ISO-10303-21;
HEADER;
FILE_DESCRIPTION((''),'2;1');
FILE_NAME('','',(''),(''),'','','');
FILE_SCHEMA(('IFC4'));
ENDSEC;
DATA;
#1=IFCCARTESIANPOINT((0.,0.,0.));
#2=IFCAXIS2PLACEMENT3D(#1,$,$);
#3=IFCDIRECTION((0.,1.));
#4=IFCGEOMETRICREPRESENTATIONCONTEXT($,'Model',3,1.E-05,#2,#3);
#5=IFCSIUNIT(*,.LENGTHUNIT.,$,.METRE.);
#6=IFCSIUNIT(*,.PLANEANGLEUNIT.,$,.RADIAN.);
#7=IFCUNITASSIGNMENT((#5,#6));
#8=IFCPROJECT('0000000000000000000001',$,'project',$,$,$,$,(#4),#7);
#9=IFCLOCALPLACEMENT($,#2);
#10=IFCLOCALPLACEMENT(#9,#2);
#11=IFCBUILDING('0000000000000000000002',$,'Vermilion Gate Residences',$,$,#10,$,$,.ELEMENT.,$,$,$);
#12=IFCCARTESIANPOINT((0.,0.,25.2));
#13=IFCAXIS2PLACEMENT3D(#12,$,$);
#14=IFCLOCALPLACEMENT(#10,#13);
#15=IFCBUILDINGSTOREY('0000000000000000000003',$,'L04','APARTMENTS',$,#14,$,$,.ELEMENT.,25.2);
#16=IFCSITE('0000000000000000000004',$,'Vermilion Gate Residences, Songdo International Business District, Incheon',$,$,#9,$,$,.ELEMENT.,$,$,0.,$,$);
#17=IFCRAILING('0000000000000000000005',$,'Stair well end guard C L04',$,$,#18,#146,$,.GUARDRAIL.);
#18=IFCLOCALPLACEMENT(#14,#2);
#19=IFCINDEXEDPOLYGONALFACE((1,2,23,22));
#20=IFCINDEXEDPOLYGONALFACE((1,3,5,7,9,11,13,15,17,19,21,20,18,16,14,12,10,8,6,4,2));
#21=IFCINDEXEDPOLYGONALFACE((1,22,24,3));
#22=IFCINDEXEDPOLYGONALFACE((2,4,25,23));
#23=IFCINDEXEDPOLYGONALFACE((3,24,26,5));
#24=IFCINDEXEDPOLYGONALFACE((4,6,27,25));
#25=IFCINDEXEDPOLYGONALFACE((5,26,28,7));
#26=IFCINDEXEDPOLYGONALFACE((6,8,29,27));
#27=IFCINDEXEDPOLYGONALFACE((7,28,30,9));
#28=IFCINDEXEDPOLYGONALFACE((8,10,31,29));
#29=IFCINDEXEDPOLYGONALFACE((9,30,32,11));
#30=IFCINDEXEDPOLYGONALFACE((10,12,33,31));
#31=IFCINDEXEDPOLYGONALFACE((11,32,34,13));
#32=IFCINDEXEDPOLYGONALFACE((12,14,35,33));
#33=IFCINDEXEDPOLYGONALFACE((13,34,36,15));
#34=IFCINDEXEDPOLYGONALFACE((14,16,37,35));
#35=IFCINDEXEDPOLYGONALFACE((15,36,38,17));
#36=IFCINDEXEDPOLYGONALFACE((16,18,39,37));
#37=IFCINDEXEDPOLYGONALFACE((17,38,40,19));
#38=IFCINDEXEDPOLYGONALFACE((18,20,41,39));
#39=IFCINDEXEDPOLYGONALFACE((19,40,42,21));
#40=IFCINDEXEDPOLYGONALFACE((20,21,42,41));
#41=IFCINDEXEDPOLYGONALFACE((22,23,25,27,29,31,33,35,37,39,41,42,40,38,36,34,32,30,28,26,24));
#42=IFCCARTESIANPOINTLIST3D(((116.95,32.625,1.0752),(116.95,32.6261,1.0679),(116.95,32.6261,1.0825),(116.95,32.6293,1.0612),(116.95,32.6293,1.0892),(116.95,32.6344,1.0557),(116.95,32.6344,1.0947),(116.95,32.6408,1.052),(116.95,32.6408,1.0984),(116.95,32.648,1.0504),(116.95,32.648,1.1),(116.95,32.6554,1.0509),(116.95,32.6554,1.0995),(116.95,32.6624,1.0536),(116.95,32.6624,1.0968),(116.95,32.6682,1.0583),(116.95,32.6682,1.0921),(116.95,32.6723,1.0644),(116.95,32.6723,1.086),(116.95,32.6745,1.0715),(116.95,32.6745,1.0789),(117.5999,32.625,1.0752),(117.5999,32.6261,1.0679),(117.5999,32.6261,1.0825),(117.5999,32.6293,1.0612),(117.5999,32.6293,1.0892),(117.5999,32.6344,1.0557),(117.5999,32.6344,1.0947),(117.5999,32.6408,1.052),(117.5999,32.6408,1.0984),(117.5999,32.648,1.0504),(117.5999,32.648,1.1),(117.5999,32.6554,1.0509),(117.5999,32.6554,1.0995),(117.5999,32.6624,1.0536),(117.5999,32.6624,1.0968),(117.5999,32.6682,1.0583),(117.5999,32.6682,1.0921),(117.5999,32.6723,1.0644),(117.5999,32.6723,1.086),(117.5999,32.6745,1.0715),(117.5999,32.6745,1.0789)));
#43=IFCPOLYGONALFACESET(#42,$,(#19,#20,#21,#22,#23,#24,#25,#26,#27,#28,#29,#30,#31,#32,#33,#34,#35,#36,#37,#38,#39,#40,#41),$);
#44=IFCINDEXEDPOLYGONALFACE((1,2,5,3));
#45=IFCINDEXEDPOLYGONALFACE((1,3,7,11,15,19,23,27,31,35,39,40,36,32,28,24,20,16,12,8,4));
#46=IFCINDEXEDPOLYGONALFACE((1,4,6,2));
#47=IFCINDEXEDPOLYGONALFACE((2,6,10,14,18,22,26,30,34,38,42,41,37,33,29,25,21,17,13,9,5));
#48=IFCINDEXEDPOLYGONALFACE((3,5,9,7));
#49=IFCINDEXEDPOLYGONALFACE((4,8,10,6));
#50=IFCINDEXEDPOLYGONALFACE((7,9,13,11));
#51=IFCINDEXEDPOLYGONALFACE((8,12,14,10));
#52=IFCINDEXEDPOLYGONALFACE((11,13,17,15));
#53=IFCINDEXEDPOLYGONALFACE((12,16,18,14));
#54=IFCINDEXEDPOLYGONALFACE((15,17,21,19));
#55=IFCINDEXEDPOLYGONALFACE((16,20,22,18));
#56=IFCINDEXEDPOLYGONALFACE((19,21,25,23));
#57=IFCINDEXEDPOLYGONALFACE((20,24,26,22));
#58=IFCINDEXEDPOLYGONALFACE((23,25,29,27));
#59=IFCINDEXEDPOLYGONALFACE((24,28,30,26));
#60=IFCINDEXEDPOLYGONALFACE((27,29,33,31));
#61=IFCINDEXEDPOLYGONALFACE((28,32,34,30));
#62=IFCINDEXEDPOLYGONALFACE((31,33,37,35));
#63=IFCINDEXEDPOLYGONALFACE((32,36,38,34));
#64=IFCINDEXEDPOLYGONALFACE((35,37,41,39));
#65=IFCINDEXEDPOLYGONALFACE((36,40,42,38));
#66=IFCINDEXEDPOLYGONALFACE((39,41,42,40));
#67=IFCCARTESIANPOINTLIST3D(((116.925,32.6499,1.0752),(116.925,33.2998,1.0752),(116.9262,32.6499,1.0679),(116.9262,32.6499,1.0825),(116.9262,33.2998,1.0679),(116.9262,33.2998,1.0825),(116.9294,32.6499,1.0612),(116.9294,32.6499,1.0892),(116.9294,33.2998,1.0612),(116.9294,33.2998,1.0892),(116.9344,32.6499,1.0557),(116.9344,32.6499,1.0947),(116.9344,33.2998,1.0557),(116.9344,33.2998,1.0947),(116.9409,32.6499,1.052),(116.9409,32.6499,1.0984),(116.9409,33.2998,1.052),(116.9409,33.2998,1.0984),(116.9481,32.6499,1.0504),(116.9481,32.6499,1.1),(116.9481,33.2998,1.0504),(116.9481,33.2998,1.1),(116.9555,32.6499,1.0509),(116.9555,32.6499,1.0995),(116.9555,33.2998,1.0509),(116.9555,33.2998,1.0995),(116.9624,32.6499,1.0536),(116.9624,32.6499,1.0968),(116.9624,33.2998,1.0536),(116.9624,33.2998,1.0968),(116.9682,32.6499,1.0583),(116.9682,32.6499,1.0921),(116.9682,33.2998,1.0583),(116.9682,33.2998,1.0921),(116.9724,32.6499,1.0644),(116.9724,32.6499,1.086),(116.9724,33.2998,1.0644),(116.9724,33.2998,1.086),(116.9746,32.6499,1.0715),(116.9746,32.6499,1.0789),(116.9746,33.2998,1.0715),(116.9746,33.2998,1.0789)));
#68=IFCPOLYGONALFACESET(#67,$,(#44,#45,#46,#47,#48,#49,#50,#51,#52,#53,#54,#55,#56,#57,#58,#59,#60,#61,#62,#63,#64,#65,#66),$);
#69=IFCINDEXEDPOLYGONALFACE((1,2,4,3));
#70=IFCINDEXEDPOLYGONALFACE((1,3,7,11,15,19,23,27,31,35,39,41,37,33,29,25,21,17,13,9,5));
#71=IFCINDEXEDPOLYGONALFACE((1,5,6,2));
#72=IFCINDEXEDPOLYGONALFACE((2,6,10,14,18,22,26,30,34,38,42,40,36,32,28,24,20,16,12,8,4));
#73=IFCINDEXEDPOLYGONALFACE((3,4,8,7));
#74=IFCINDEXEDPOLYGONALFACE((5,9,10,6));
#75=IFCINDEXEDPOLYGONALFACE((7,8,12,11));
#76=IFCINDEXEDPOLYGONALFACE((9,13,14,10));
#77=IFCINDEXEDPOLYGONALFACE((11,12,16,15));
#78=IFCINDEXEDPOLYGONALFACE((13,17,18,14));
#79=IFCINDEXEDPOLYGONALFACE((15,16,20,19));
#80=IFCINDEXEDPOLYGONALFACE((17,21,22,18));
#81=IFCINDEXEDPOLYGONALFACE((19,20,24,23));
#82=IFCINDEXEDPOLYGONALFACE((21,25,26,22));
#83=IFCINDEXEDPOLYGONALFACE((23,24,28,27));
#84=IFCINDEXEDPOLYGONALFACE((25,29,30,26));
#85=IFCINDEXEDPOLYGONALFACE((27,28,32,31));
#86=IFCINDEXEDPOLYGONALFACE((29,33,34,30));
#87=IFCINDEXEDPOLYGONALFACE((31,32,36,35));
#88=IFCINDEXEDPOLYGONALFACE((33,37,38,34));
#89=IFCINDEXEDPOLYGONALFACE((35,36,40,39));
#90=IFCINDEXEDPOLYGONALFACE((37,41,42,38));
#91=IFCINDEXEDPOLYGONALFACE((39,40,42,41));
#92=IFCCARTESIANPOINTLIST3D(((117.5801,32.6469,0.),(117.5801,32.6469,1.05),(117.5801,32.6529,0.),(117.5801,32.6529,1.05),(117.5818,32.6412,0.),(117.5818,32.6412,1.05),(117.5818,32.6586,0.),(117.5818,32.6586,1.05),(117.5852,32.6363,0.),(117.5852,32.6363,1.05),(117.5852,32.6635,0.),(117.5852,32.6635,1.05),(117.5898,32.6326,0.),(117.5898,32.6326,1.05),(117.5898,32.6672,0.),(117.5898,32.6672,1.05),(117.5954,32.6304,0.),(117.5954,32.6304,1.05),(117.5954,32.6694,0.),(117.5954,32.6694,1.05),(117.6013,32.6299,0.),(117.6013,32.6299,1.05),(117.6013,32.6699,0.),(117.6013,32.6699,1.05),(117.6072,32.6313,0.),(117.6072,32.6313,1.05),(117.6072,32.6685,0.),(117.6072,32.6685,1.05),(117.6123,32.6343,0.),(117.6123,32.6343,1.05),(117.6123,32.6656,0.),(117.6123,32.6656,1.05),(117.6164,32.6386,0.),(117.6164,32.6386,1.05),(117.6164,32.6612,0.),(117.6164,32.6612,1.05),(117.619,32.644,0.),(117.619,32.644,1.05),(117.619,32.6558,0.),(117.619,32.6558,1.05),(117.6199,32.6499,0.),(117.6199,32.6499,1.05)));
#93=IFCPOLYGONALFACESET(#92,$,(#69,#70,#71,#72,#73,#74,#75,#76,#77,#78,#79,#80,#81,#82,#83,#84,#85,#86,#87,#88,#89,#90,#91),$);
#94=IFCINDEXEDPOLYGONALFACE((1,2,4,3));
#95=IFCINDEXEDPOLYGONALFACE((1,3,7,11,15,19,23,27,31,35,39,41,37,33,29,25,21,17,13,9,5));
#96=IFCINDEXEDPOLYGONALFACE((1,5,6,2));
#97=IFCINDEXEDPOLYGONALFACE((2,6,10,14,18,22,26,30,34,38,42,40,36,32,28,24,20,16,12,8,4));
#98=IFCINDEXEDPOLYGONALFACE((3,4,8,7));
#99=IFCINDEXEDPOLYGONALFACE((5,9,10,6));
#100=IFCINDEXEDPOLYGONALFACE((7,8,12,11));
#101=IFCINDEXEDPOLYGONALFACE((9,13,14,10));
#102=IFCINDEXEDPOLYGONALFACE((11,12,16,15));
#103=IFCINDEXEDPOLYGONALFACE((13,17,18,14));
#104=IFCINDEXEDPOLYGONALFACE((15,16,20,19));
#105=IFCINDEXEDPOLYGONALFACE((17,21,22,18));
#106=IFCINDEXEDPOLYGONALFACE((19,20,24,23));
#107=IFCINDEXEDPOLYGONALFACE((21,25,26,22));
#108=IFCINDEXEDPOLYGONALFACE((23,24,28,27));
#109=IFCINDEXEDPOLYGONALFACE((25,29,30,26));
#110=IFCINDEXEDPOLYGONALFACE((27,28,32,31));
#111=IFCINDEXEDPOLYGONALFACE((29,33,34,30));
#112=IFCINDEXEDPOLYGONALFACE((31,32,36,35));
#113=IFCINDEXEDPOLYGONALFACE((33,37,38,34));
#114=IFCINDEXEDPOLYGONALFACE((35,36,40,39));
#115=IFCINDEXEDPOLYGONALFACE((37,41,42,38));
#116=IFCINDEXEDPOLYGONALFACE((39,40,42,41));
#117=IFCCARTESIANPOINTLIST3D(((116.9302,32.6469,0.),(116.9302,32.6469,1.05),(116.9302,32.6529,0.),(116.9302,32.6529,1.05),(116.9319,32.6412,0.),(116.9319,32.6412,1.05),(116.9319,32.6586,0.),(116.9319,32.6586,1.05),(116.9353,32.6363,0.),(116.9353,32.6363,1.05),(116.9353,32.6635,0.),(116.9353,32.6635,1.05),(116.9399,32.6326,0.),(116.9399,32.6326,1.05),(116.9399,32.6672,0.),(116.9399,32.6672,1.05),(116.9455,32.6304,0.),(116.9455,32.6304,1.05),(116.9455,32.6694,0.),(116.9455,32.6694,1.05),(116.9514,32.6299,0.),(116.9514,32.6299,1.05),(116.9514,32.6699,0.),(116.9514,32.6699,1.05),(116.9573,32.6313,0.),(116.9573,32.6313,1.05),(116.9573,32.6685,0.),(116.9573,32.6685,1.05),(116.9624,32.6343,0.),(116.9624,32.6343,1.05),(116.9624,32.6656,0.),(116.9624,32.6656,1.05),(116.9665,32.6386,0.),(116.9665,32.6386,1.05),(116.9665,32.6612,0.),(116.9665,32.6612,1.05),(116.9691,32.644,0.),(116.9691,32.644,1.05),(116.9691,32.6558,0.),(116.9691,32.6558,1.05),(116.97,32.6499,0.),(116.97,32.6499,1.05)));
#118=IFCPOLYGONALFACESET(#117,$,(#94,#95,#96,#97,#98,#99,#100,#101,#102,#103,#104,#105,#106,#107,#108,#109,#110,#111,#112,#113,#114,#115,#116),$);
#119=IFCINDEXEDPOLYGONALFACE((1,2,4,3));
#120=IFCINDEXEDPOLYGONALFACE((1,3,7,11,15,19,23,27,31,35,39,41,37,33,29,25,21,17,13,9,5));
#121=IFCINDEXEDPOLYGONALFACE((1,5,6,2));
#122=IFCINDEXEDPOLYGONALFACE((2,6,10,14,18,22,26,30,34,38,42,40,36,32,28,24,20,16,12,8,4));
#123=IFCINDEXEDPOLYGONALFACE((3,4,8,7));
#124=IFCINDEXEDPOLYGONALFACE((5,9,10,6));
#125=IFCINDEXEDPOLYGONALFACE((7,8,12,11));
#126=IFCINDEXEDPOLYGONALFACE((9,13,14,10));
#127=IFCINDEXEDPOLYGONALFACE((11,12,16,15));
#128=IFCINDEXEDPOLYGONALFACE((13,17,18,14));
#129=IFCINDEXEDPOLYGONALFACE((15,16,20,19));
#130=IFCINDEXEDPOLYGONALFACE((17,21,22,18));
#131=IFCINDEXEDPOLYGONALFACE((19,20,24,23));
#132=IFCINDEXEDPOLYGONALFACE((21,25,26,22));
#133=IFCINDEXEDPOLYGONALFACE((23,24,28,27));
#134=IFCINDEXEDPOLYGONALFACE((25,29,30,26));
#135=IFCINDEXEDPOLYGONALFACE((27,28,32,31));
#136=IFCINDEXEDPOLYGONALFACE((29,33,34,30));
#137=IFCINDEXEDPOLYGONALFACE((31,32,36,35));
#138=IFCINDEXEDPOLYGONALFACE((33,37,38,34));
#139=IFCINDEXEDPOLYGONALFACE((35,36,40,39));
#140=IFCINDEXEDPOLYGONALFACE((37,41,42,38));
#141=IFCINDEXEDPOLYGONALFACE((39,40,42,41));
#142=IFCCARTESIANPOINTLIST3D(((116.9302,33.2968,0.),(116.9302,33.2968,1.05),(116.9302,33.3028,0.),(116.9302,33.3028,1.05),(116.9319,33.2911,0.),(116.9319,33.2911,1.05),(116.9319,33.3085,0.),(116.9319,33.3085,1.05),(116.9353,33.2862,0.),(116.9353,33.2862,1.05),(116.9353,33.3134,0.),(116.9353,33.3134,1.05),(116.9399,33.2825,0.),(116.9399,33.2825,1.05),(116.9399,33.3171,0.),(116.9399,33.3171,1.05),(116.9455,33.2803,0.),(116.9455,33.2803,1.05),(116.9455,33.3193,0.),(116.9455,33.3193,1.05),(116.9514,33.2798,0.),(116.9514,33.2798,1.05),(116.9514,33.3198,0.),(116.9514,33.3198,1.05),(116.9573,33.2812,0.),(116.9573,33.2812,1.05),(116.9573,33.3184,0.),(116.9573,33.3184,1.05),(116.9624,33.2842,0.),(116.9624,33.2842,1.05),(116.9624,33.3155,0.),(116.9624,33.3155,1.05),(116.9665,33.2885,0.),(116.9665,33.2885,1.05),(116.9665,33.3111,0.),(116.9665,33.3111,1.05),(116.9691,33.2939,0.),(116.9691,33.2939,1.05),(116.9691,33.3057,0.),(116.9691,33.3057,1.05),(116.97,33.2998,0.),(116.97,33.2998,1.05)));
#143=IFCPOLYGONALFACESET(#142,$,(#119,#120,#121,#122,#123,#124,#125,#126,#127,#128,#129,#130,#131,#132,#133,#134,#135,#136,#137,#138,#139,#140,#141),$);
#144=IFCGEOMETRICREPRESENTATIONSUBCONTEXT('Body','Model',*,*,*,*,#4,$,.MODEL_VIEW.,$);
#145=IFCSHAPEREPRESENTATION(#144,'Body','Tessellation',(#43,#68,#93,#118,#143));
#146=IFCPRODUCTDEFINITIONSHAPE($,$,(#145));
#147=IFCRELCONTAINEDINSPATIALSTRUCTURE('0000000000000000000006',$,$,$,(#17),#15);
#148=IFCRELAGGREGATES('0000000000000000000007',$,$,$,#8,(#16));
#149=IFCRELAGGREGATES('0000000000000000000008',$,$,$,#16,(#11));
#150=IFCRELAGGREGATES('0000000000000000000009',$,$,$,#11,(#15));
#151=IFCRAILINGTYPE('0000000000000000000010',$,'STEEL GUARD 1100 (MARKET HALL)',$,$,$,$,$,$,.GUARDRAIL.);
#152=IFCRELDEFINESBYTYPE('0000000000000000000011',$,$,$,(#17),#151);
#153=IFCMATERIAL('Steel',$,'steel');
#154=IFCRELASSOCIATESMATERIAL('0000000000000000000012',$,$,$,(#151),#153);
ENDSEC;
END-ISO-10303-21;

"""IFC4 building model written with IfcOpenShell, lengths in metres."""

from ifc_helpers import new_model, si_unit, direction, frame, origin, origin_2d, place, context, subcontext, project, spatial, circle, extrude, material, type_object, element, save


model = new_model("IFC4")

# Units and contexts
model_context = context("Model", 3, precision=1e-05, world=origin(), true_north=direction((0.0, 1.0)))
body_context = subcontext(model_context, "Body", "Model", "MODEL_VIEW")
ifc_project = project(units=[si_unit("LENGTHUNIT", "METRE"), si_unit("PLANEANGLEUNIT", "RADIAN")], contexts=[model_context])

# Site, building, storey
site_placement = place(None, origin())
site = spatial("IfcSite", under=ifc_project, at=site_placement, Name="Vermilion Gate Residences, Songdo International Business District, Incheon", CompositionType="ELEMENT", RefElevation=0.0)
building_placement = place(site_placement, origin())
building = spatial("IfcBuilding", under=site, at=building_placement, Name="Vermilion Gate Residences", CompositionType="ELEMENT")
storey_placement = place(building_placement, frame((0.0, 0.0, 25.2)))
storey = spatial("IfcBuildingStorey", under=building, at=storey_placement, Name="L04", Description="APARTMENTS", CompositionType="ELEMENT", Elevation=25.2)

# Railing
ifc_material_1 = material(Name="Steel", Category="steel")
railing_type = type_object("IfcRailingType", Name="STEEL GUARD 1100 (MARKET HALL)", PredefinedType="GUARDRAIL", material=ifc_material_1)
railing_1_placement = place(storey_placement, frame((117.5999, 32.6499, 0.0)))
element("IfcRailing", 1, at=railing_1_placement, inside=storey, type_object=railing_type, Name="Stair well end guard C L04", PredefinedType="GUARDRAIL", context=body_context, shape_type="SweptSolid", body=[
    extrude(circle(Radius=0.0249, at=origin_2d()), frame((0.0, 0.0, 1.0752), z_axis=(-1.0, 0.0, 0.0), x_axis=(0.0, -1.0, 0.0)), (0.0, 0.0, 1.0), 0.6499),
    extrude(circle(Radius=0.0249, at=origin_2d()), frame((-0.6499, 0.0, 1.0752), z_axis=(0.0, 1.0, 0.0), x_axis=(-1.0, 0.0, 0.0)), (0.0, 0.0, 1.0), 0.6499),
    extrude(circle(Radius=0.02, at=origin_2d()), origin(), (0.0, 0.0, 1.0), 1.05),
    extrude(circle(Radius=0.02, at=origin_2d()), frame((-0.6499, 0.0, 0.0)), (0.0, 0.0, 1.0), 1.05),
    extrude(circle(Radius=0.02, at=origin_2d()), frame((-0.6499, 0.6499, 0.0)), (0.0, 0.0, 1.0), 1.05),
])

save(model, "model.ifc")
